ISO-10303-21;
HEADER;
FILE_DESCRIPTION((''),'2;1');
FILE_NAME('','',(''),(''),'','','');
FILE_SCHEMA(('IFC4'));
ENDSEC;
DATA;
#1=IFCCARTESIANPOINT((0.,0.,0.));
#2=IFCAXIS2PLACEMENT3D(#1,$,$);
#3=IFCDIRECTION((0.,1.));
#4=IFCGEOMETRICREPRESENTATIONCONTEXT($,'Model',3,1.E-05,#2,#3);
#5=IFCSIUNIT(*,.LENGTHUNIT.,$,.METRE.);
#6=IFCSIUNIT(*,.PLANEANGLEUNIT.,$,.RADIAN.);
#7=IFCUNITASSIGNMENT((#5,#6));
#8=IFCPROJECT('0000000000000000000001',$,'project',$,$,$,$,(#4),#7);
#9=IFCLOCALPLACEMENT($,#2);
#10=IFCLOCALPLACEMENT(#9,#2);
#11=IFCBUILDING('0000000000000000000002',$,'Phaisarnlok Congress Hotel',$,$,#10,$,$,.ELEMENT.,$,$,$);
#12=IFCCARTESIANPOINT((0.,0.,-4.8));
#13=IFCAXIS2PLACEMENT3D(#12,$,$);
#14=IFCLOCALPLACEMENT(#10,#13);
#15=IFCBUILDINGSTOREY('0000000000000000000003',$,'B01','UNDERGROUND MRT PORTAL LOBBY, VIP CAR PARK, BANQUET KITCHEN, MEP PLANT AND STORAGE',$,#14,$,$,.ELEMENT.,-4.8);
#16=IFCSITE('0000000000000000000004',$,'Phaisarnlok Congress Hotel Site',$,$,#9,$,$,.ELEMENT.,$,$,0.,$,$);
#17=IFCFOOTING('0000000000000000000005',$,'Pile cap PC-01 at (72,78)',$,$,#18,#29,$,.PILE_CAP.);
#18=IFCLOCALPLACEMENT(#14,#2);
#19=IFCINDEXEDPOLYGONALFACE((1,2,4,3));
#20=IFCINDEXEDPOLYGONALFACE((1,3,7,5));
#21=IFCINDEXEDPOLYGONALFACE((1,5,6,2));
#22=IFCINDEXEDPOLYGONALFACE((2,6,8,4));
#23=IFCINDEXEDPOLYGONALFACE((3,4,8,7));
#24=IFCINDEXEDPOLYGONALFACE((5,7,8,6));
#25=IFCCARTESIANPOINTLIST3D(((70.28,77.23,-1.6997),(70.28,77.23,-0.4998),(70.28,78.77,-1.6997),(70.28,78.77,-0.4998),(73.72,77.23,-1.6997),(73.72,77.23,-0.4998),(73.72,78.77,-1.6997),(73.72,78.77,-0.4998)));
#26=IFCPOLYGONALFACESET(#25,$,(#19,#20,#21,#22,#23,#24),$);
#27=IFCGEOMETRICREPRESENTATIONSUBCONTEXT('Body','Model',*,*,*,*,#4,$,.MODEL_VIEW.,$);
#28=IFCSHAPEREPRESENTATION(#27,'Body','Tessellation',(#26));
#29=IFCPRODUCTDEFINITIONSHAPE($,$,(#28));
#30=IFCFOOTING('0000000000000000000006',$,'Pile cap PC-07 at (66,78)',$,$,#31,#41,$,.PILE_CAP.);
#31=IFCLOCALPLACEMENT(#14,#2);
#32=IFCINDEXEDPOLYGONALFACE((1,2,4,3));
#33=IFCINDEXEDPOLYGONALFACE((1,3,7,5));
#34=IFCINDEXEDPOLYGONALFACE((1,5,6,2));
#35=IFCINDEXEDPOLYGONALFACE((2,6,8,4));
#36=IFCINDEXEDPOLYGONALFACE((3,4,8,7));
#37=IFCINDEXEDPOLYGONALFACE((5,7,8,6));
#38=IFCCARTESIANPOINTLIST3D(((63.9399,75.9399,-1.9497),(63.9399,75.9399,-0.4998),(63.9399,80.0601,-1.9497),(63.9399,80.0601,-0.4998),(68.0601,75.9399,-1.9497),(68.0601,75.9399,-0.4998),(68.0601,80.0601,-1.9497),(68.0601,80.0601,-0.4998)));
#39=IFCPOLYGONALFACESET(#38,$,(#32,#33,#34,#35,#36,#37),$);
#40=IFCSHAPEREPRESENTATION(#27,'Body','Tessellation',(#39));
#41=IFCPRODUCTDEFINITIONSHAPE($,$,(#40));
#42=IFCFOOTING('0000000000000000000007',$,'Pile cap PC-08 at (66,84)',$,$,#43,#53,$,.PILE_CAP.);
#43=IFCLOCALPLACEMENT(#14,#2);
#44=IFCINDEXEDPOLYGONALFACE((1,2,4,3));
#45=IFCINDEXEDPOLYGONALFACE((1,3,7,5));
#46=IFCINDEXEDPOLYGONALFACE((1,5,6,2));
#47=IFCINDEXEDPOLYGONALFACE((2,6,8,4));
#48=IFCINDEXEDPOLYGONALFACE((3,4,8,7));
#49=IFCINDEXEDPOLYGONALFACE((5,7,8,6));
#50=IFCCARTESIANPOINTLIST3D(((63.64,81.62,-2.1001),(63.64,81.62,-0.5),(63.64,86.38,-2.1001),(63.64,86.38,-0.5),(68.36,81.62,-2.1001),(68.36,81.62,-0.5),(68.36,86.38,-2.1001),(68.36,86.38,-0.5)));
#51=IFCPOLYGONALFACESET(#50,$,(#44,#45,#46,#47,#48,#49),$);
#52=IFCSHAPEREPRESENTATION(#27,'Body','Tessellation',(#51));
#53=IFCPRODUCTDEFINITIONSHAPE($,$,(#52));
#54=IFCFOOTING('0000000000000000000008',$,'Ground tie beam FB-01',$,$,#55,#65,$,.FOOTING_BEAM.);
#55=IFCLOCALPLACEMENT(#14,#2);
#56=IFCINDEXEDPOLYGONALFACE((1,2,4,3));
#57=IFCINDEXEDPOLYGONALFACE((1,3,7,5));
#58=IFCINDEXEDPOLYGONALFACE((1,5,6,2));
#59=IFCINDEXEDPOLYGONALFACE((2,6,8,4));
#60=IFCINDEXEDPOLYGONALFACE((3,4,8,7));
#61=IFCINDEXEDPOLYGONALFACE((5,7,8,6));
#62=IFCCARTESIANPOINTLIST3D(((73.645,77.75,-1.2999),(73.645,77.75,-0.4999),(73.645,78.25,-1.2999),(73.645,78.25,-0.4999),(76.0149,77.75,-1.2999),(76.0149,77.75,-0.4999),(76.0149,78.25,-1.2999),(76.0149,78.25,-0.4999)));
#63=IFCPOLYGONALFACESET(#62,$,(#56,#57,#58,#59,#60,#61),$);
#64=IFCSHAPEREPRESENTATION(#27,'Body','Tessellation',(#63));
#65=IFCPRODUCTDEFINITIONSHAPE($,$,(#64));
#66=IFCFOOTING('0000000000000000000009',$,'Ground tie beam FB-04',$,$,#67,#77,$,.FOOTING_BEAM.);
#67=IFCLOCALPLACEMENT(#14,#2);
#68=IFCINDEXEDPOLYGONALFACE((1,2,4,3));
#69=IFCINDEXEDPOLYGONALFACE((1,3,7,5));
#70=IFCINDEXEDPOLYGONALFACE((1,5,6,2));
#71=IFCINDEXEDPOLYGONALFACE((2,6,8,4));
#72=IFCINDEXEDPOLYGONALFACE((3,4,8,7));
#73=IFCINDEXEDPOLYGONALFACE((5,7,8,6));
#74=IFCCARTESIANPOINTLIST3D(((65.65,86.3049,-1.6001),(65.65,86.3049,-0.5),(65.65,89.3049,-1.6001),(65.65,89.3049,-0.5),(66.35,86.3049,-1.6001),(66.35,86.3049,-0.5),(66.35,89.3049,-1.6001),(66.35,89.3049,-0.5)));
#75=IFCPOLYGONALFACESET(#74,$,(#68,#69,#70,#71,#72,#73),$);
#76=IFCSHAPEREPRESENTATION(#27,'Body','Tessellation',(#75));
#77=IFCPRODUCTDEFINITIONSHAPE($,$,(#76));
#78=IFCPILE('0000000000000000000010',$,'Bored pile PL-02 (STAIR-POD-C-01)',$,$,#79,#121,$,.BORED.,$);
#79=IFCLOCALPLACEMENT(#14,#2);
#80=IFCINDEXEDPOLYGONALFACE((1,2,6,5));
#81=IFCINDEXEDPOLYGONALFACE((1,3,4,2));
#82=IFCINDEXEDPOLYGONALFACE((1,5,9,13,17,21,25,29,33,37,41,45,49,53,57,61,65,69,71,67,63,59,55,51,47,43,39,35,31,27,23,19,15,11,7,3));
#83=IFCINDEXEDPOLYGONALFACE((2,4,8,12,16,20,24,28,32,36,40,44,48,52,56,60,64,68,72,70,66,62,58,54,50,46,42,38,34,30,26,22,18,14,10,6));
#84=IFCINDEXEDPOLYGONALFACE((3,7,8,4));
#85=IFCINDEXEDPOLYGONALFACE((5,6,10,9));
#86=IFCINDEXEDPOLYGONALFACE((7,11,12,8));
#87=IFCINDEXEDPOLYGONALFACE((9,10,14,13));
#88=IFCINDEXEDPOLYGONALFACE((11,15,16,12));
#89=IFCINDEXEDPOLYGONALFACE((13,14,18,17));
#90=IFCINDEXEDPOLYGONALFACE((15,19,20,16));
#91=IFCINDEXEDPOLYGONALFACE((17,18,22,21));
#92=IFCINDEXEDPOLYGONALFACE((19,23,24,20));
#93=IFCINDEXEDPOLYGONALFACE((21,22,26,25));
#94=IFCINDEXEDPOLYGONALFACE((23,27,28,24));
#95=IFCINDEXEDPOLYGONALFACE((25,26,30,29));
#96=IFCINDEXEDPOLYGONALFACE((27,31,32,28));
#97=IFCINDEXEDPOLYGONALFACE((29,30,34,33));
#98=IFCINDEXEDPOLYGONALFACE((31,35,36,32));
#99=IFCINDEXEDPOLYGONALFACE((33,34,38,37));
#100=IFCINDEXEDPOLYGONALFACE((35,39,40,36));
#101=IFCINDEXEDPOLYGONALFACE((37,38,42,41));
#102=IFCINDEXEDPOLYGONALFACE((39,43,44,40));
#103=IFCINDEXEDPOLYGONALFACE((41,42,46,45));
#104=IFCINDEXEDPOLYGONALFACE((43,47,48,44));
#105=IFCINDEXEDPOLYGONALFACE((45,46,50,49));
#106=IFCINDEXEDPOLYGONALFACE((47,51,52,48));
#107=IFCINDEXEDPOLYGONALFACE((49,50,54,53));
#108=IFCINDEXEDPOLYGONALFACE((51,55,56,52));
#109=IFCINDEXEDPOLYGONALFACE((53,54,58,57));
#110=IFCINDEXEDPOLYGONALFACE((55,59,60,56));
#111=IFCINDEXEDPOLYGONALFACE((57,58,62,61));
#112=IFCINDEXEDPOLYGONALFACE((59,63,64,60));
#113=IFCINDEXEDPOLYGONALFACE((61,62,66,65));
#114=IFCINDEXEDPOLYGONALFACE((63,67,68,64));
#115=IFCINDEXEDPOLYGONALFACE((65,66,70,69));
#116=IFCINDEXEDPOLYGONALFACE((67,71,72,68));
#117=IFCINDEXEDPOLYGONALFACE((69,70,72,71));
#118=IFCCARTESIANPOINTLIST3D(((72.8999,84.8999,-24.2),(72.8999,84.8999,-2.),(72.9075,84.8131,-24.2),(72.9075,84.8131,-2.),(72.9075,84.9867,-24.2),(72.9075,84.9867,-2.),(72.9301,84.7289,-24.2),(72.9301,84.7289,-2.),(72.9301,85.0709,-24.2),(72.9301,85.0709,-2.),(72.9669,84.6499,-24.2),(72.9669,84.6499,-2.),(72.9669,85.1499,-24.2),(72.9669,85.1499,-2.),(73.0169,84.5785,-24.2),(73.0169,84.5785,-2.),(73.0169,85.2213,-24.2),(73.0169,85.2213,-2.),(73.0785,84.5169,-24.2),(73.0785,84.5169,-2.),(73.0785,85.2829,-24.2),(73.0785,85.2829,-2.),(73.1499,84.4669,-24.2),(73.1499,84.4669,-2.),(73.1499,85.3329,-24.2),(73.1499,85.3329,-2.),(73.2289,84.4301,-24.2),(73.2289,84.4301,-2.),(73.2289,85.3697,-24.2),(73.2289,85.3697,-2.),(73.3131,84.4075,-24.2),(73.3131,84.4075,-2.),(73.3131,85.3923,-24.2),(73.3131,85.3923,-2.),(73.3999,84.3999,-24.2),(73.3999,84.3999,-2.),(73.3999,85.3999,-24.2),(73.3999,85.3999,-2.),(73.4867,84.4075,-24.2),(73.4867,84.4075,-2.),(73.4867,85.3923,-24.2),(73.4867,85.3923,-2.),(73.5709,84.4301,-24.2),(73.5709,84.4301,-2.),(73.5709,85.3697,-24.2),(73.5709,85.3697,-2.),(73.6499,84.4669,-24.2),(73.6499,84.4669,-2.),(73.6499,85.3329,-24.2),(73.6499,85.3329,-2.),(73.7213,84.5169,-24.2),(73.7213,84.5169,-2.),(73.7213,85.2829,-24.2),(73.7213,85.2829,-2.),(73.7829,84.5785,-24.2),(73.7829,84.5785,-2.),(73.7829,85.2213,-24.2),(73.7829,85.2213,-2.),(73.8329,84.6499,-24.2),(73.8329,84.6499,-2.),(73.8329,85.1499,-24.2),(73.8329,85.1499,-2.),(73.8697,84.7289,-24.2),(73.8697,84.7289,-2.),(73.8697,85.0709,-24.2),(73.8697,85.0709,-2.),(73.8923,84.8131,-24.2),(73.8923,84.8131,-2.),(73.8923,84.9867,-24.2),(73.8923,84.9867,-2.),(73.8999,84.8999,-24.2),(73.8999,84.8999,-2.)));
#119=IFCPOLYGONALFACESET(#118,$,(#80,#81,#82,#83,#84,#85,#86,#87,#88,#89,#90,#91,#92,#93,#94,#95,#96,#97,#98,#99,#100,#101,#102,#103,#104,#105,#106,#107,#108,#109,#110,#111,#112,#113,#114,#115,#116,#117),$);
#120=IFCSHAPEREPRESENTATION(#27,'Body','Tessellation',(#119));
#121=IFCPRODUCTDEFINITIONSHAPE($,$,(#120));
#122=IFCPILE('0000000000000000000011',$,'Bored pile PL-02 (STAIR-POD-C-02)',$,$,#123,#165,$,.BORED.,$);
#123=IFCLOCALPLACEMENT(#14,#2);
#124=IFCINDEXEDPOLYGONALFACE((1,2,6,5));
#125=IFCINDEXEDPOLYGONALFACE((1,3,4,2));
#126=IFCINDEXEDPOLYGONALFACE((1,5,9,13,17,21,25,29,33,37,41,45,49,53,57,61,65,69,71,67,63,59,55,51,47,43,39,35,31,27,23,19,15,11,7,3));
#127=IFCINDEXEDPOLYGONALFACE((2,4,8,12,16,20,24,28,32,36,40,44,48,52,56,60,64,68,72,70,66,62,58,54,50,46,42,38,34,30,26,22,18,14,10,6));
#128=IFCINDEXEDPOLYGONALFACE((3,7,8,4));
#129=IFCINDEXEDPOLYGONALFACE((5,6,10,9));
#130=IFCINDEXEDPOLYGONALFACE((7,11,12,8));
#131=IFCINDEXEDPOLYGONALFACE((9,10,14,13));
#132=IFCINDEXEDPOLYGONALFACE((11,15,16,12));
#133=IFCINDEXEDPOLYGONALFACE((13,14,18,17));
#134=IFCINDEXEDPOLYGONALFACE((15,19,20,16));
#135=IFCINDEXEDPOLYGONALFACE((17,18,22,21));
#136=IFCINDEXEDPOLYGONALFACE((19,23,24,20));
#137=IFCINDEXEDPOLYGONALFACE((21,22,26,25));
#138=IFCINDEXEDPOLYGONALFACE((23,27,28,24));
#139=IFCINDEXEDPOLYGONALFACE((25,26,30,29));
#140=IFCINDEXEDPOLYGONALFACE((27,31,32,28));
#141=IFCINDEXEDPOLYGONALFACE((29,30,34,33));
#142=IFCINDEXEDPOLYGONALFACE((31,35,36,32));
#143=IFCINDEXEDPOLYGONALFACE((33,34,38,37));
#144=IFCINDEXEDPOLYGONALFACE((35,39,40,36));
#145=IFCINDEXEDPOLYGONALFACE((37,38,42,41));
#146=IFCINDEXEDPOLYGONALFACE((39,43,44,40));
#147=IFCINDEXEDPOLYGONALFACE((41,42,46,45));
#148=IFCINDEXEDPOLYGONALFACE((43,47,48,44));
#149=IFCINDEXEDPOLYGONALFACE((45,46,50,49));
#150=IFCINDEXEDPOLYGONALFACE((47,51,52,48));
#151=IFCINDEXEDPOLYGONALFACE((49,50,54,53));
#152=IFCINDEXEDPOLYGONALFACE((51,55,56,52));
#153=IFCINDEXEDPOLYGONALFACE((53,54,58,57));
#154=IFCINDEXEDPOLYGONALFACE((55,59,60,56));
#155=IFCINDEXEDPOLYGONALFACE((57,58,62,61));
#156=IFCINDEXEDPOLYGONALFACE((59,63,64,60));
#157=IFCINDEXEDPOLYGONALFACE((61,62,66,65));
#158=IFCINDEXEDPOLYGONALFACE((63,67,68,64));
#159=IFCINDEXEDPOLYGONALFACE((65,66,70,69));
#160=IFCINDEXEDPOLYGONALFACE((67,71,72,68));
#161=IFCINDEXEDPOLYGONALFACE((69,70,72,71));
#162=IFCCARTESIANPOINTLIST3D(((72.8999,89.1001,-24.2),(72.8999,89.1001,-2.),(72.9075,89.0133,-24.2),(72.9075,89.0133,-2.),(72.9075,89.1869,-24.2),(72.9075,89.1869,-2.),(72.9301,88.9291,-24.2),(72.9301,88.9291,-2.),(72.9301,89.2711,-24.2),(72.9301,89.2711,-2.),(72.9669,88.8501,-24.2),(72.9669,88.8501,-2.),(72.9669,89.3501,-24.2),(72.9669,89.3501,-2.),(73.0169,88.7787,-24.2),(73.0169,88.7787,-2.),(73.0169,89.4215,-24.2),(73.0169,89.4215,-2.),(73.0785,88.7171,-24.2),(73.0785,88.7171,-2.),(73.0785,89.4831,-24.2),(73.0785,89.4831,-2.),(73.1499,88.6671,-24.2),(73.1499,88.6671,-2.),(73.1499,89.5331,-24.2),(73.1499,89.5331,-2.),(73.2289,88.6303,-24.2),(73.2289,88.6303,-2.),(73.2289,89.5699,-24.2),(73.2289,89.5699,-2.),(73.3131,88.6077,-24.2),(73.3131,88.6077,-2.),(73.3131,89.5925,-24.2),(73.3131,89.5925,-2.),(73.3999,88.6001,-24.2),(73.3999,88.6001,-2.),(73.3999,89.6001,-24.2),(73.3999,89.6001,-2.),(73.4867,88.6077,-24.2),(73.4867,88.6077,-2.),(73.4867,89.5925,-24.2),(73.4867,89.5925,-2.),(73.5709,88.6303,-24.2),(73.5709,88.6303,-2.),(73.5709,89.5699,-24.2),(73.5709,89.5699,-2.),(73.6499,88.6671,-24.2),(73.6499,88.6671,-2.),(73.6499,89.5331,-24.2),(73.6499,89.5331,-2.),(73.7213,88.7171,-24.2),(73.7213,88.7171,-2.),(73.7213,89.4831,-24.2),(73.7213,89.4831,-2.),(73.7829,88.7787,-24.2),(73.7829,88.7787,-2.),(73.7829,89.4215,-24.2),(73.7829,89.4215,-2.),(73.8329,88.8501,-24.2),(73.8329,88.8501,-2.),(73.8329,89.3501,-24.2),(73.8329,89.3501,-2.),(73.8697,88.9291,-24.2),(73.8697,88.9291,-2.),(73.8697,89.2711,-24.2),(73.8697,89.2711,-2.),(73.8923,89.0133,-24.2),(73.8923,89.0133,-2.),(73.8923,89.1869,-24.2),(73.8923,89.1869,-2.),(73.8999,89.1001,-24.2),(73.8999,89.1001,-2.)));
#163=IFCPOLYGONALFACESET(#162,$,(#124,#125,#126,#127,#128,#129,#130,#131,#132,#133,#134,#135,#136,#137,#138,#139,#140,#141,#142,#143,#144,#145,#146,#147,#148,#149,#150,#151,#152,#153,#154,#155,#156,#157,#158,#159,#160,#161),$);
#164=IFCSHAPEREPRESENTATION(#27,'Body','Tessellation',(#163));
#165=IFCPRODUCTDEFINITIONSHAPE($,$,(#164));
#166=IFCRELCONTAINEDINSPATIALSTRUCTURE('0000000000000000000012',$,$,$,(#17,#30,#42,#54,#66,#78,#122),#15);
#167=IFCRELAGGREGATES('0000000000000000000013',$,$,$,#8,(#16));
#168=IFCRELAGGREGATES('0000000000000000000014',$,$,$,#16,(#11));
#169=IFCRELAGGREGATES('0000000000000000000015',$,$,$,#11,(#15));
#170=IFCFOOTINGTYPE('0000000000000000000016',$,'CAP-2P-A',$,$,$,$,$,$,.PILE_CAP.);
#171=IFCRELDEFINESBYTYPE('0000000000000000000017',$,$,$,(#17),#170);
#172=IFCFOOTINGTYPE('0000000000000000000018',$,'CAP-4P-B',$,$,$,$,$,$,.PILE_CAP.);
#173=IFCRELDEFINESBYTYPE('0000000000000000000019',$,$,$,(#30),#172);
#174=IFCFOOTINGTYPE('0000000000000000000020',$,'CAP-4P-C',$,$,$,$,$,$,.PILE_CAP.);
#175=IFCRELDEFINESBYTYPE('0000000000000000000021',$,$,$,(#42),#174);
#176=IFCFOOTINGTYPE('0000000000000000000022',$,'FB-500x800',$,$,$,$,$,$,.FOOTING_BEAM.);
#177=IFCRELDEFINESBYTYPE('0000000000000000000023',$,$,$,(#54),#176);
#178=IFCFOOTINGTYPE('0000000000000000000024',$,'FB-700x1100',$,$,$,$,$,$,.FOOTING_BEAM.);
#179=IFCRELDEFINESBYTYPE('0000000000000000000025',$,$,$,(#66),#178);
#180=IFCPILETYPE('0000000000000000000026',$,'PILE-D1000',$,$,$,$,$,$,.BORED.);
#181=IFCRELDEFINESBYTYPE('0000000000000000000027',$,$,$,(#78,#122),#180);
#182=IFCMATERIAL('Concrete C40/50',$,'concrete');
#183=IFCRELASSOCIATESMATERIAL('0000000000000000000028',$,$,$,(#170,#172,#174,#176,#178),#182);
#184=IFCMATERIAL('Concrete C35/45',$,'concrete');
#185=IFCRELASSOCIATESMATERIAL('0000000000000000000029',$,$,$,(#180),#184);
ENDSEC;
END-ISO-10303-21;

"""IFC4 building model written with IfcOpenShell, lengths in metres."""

from ifc_helpers import new_model, si_unit, direction, frame, origin, origin_2d, place, context, subcontext, project, spatial, rectangle, circle, extrude, material, material_profile, profile_set, type_object, element, save


model = new_model("IFC4")

# Units and contexts
model_context = context("Model", 3, precision=1e-05, world=origin(), true_north=direction((0.0, 1.0)))
body_context = subcontext(model_context, "Body", "Model", "MODEL_VIEW")
ifc_project = project(units=[si_unit("LENGTHUNIT", "METRE"), si_unit("PLANEANGLEUNIT", "RADIAN")], contexts=[model_context])

# Site, building, storey
site_placement = place(None, origin())
site = spatial("IfcSite", under=ifc_project, at=site_placement, Name="Phaisarnlok Congress Hotel Site", CompositionType="ELEMENT", RefElevation=0.0)
building_placement = place(site_placement, origin())
building = spatial("IfcBuilding", under=site, at=building_placement, Name="Phaisarnlok Congress Hotel", CompositionType="ELEMENT")
storey_placement = place(building_placement, frame((0.0, 0.0, -4.8)))
storey = spatial("IfcBuildingStorey", under=building, at=storey_placement, Name="B01", Description="UNDERGROUND MRT PORTAL LOBBY, VIP CAR PARK, BANQUET KITCHEN, MEP PLANT AND STORAGE", CompositionType="ELEMENT", Elevation=-4.8)

# Footings
ifc_material_1 = material(Name="Concrete C40/50", Category="concrete")
footing_type_1 = type_object("IfcFootingType", Name="CAP-2P-A", PredefinedType="PILE_CAP", material=ifc_material_1)
footing_1_placement = place(storey_placement, frame((72.0, 78.0, -1.6997), z_axis=(0.0, 0.0, 1.0), x_axis=(1.0, 0.0, 0.0)))
element("IfcFooting", 1, at=footing_1_placement, inside=storey, type_object=footing_type_1, Name="Pile cap PC-01 at (72,78)", PredefinedType="PILE_CAP", context=body_context, shape_type="SweptSolid", body=[
    extrude(rectangle(XDim=3.4399, YDim=1.54, at=origin_2d()), origin(), (0.0, 0.0, 1.0), 1.2),
])
footing_type_2 = type_object("IfcFootingType", Name="CAP-4P-B", PredefinedType="PILE_CAP", material=ifc_material_1)
footing_2_placement = place(storey_placement, frame((66.0, 78.0, -1.9497), z_axis=(0.0, 0.0, 1.0), x_axis=(1.0, 0.0, 0.0)))
element("IfcFooting", 2, at=footing_2_placement, inside=storey, type_object=footing_type_2, Name="Pile cap PC-07 at (66,78)", PredefinedType="PILE_CAP", context=body_context, shape_type="SweptSolid", body=[
    extrude(rectangle(XDim=4.1201, YDim=4.1201, at=origin_2d()), origin(), (0.0, 0.0, 1.0), 1.45),
])
footing_type_3 = type_object("IfcFootingType", Name="CAP-4P-C", PredefinedType="PILE_CAP", material=ifc_material_1)
footing_3_placement = place(storey_placement, frame((66.0, 84.0, -2.1001), z_axis=(0.0, 0.0, 1.0), x_axis=(1.0, 0.0, 0.0)))
element("IfcFooting", 3, at=footing_3_placement, inside=storey, type_object=footing_type_3, Name="Pile cap PC-08 at (66,84)", PredefinedType="PILE_CAP", context=body_context, shape_type="SweptSolid", body=[
    extrude(rectangle(XDim=4.72, YDim=4.76, at=origin_2d()), origin(), (0.0, 0.0, 1.0), 1.6001),
])
ifc_material_profile_1 = material_profile(ifc_material_1, rectangle(XDim=0.5, YDim=0.8, at=origin_2d()), Name="FB-500x800")
ifc_profile_set_1 = profile_set([ifc_material_profile_1], Name="Concrete C40/50")
footing_type_4 = type_object("IfcFootingType", Name="FB-500x800", PredefinedType="FOOTING_BEAM", material=ifc_profile_set_1)
footing_4_placement = place(storey_placement, frame((73.645, 78.0, -0.8999), z_axis=(1.0, 0.0, 0.0), x_axis=(0.0, 1.0, 0.0)))
element("IfcFooting", 4, at=footing_4_placement, inside=storey, type_object=footing_type_4, Name="Ground tie beam FB-01", PredefinedType="FOOTING_BEAM", context=body_context, shape_type="SweptSolid", body=[
    extrude(rectangle(XDim=0.5, YDim=0.8, at=origin_2d()), origin(), (0.0, 0.0, 1.0), 2.3699),
])
ifc_material_profile_2 = material_profile(ifc_material_1, rectangle(XDim=0.7, YDim=1.1001, at=origin_2d()), Name="FB-700x1100")
ifc_profile_set_2 = profile_set([ifc_material_profile_2], Name="Concrete C40/50")
footing_type_5 = type_object("IfcFootingType", Name="FB-700x1100", PredefinedType="FOOTING_BEAM", material=ifc_profile_set_2)
footing_5_placement = place(storey_placement, frame((66.0, 86.3049, -1.05), z_axis=(0.0, 1.0, 0.0), x_axis=(-1.0, 0.0, 0.0)))
element("IfcFooting", 5, at=footing_5_placement, inside=storey, type_object=footing_type_5, Name="Ground tie beam FB-04", PredefinedType="FOOTING_BEAM", context=body_context, shape_type="SweptSolid", body=[
    extrude(rectangle(XDim=0.7, YDim=1.1001, at=origin_2d()), origin(), (0.0, 0.0, 1.0), 3.0),
])

# Piles
ifc_material_2 = material(Name="Concrete C35/45", Category="concrete")
ifc_material_profile_3 = material_profile(ifc_material_2, circle(Radius=0.5, at=origin_2d()), Name="BORED PILE D1000")
ifc_profile_set_3 = profile_set([ifc_material_profile_3], Name="Concrete C35/45")
pile_type_1 = type_object("IfcPileType", Name="PILE-D1000", PredefinedType="BORED", material=ifc_profile_set_3)
for number, where, z_axis, x_axis, name in (
    (6, (73.3999, 84.8999, -2.0), (0.0, 0.0, -1.0), (1.0, 0.0, 0.0), "Bored pile PL-02 (STAIR-POD-C-01)"),
    (7, (73.3999, 89.1001, -2.0), (0.0, 0.0, -1.0), (1.0, 0.0, 0.0), "Bored pile PL-02 (STAIR-POD-C-02)"),
):
    element("IfcPile", number, at=place(storey_placement, frame(where, z_axis=z_axis, x_axis=x_axis)), inside=storey, type_object=pile_type_1, Name=name, PredefinedType="BORED", context=body_context, shape_type="SweptSolid", body=[
        extrude(circle(Radius=0.5, at=origin_2d()), origin(), (0.0, 0.0, 1.0), 22.2),
    ])

save(model, "model.ifc")
